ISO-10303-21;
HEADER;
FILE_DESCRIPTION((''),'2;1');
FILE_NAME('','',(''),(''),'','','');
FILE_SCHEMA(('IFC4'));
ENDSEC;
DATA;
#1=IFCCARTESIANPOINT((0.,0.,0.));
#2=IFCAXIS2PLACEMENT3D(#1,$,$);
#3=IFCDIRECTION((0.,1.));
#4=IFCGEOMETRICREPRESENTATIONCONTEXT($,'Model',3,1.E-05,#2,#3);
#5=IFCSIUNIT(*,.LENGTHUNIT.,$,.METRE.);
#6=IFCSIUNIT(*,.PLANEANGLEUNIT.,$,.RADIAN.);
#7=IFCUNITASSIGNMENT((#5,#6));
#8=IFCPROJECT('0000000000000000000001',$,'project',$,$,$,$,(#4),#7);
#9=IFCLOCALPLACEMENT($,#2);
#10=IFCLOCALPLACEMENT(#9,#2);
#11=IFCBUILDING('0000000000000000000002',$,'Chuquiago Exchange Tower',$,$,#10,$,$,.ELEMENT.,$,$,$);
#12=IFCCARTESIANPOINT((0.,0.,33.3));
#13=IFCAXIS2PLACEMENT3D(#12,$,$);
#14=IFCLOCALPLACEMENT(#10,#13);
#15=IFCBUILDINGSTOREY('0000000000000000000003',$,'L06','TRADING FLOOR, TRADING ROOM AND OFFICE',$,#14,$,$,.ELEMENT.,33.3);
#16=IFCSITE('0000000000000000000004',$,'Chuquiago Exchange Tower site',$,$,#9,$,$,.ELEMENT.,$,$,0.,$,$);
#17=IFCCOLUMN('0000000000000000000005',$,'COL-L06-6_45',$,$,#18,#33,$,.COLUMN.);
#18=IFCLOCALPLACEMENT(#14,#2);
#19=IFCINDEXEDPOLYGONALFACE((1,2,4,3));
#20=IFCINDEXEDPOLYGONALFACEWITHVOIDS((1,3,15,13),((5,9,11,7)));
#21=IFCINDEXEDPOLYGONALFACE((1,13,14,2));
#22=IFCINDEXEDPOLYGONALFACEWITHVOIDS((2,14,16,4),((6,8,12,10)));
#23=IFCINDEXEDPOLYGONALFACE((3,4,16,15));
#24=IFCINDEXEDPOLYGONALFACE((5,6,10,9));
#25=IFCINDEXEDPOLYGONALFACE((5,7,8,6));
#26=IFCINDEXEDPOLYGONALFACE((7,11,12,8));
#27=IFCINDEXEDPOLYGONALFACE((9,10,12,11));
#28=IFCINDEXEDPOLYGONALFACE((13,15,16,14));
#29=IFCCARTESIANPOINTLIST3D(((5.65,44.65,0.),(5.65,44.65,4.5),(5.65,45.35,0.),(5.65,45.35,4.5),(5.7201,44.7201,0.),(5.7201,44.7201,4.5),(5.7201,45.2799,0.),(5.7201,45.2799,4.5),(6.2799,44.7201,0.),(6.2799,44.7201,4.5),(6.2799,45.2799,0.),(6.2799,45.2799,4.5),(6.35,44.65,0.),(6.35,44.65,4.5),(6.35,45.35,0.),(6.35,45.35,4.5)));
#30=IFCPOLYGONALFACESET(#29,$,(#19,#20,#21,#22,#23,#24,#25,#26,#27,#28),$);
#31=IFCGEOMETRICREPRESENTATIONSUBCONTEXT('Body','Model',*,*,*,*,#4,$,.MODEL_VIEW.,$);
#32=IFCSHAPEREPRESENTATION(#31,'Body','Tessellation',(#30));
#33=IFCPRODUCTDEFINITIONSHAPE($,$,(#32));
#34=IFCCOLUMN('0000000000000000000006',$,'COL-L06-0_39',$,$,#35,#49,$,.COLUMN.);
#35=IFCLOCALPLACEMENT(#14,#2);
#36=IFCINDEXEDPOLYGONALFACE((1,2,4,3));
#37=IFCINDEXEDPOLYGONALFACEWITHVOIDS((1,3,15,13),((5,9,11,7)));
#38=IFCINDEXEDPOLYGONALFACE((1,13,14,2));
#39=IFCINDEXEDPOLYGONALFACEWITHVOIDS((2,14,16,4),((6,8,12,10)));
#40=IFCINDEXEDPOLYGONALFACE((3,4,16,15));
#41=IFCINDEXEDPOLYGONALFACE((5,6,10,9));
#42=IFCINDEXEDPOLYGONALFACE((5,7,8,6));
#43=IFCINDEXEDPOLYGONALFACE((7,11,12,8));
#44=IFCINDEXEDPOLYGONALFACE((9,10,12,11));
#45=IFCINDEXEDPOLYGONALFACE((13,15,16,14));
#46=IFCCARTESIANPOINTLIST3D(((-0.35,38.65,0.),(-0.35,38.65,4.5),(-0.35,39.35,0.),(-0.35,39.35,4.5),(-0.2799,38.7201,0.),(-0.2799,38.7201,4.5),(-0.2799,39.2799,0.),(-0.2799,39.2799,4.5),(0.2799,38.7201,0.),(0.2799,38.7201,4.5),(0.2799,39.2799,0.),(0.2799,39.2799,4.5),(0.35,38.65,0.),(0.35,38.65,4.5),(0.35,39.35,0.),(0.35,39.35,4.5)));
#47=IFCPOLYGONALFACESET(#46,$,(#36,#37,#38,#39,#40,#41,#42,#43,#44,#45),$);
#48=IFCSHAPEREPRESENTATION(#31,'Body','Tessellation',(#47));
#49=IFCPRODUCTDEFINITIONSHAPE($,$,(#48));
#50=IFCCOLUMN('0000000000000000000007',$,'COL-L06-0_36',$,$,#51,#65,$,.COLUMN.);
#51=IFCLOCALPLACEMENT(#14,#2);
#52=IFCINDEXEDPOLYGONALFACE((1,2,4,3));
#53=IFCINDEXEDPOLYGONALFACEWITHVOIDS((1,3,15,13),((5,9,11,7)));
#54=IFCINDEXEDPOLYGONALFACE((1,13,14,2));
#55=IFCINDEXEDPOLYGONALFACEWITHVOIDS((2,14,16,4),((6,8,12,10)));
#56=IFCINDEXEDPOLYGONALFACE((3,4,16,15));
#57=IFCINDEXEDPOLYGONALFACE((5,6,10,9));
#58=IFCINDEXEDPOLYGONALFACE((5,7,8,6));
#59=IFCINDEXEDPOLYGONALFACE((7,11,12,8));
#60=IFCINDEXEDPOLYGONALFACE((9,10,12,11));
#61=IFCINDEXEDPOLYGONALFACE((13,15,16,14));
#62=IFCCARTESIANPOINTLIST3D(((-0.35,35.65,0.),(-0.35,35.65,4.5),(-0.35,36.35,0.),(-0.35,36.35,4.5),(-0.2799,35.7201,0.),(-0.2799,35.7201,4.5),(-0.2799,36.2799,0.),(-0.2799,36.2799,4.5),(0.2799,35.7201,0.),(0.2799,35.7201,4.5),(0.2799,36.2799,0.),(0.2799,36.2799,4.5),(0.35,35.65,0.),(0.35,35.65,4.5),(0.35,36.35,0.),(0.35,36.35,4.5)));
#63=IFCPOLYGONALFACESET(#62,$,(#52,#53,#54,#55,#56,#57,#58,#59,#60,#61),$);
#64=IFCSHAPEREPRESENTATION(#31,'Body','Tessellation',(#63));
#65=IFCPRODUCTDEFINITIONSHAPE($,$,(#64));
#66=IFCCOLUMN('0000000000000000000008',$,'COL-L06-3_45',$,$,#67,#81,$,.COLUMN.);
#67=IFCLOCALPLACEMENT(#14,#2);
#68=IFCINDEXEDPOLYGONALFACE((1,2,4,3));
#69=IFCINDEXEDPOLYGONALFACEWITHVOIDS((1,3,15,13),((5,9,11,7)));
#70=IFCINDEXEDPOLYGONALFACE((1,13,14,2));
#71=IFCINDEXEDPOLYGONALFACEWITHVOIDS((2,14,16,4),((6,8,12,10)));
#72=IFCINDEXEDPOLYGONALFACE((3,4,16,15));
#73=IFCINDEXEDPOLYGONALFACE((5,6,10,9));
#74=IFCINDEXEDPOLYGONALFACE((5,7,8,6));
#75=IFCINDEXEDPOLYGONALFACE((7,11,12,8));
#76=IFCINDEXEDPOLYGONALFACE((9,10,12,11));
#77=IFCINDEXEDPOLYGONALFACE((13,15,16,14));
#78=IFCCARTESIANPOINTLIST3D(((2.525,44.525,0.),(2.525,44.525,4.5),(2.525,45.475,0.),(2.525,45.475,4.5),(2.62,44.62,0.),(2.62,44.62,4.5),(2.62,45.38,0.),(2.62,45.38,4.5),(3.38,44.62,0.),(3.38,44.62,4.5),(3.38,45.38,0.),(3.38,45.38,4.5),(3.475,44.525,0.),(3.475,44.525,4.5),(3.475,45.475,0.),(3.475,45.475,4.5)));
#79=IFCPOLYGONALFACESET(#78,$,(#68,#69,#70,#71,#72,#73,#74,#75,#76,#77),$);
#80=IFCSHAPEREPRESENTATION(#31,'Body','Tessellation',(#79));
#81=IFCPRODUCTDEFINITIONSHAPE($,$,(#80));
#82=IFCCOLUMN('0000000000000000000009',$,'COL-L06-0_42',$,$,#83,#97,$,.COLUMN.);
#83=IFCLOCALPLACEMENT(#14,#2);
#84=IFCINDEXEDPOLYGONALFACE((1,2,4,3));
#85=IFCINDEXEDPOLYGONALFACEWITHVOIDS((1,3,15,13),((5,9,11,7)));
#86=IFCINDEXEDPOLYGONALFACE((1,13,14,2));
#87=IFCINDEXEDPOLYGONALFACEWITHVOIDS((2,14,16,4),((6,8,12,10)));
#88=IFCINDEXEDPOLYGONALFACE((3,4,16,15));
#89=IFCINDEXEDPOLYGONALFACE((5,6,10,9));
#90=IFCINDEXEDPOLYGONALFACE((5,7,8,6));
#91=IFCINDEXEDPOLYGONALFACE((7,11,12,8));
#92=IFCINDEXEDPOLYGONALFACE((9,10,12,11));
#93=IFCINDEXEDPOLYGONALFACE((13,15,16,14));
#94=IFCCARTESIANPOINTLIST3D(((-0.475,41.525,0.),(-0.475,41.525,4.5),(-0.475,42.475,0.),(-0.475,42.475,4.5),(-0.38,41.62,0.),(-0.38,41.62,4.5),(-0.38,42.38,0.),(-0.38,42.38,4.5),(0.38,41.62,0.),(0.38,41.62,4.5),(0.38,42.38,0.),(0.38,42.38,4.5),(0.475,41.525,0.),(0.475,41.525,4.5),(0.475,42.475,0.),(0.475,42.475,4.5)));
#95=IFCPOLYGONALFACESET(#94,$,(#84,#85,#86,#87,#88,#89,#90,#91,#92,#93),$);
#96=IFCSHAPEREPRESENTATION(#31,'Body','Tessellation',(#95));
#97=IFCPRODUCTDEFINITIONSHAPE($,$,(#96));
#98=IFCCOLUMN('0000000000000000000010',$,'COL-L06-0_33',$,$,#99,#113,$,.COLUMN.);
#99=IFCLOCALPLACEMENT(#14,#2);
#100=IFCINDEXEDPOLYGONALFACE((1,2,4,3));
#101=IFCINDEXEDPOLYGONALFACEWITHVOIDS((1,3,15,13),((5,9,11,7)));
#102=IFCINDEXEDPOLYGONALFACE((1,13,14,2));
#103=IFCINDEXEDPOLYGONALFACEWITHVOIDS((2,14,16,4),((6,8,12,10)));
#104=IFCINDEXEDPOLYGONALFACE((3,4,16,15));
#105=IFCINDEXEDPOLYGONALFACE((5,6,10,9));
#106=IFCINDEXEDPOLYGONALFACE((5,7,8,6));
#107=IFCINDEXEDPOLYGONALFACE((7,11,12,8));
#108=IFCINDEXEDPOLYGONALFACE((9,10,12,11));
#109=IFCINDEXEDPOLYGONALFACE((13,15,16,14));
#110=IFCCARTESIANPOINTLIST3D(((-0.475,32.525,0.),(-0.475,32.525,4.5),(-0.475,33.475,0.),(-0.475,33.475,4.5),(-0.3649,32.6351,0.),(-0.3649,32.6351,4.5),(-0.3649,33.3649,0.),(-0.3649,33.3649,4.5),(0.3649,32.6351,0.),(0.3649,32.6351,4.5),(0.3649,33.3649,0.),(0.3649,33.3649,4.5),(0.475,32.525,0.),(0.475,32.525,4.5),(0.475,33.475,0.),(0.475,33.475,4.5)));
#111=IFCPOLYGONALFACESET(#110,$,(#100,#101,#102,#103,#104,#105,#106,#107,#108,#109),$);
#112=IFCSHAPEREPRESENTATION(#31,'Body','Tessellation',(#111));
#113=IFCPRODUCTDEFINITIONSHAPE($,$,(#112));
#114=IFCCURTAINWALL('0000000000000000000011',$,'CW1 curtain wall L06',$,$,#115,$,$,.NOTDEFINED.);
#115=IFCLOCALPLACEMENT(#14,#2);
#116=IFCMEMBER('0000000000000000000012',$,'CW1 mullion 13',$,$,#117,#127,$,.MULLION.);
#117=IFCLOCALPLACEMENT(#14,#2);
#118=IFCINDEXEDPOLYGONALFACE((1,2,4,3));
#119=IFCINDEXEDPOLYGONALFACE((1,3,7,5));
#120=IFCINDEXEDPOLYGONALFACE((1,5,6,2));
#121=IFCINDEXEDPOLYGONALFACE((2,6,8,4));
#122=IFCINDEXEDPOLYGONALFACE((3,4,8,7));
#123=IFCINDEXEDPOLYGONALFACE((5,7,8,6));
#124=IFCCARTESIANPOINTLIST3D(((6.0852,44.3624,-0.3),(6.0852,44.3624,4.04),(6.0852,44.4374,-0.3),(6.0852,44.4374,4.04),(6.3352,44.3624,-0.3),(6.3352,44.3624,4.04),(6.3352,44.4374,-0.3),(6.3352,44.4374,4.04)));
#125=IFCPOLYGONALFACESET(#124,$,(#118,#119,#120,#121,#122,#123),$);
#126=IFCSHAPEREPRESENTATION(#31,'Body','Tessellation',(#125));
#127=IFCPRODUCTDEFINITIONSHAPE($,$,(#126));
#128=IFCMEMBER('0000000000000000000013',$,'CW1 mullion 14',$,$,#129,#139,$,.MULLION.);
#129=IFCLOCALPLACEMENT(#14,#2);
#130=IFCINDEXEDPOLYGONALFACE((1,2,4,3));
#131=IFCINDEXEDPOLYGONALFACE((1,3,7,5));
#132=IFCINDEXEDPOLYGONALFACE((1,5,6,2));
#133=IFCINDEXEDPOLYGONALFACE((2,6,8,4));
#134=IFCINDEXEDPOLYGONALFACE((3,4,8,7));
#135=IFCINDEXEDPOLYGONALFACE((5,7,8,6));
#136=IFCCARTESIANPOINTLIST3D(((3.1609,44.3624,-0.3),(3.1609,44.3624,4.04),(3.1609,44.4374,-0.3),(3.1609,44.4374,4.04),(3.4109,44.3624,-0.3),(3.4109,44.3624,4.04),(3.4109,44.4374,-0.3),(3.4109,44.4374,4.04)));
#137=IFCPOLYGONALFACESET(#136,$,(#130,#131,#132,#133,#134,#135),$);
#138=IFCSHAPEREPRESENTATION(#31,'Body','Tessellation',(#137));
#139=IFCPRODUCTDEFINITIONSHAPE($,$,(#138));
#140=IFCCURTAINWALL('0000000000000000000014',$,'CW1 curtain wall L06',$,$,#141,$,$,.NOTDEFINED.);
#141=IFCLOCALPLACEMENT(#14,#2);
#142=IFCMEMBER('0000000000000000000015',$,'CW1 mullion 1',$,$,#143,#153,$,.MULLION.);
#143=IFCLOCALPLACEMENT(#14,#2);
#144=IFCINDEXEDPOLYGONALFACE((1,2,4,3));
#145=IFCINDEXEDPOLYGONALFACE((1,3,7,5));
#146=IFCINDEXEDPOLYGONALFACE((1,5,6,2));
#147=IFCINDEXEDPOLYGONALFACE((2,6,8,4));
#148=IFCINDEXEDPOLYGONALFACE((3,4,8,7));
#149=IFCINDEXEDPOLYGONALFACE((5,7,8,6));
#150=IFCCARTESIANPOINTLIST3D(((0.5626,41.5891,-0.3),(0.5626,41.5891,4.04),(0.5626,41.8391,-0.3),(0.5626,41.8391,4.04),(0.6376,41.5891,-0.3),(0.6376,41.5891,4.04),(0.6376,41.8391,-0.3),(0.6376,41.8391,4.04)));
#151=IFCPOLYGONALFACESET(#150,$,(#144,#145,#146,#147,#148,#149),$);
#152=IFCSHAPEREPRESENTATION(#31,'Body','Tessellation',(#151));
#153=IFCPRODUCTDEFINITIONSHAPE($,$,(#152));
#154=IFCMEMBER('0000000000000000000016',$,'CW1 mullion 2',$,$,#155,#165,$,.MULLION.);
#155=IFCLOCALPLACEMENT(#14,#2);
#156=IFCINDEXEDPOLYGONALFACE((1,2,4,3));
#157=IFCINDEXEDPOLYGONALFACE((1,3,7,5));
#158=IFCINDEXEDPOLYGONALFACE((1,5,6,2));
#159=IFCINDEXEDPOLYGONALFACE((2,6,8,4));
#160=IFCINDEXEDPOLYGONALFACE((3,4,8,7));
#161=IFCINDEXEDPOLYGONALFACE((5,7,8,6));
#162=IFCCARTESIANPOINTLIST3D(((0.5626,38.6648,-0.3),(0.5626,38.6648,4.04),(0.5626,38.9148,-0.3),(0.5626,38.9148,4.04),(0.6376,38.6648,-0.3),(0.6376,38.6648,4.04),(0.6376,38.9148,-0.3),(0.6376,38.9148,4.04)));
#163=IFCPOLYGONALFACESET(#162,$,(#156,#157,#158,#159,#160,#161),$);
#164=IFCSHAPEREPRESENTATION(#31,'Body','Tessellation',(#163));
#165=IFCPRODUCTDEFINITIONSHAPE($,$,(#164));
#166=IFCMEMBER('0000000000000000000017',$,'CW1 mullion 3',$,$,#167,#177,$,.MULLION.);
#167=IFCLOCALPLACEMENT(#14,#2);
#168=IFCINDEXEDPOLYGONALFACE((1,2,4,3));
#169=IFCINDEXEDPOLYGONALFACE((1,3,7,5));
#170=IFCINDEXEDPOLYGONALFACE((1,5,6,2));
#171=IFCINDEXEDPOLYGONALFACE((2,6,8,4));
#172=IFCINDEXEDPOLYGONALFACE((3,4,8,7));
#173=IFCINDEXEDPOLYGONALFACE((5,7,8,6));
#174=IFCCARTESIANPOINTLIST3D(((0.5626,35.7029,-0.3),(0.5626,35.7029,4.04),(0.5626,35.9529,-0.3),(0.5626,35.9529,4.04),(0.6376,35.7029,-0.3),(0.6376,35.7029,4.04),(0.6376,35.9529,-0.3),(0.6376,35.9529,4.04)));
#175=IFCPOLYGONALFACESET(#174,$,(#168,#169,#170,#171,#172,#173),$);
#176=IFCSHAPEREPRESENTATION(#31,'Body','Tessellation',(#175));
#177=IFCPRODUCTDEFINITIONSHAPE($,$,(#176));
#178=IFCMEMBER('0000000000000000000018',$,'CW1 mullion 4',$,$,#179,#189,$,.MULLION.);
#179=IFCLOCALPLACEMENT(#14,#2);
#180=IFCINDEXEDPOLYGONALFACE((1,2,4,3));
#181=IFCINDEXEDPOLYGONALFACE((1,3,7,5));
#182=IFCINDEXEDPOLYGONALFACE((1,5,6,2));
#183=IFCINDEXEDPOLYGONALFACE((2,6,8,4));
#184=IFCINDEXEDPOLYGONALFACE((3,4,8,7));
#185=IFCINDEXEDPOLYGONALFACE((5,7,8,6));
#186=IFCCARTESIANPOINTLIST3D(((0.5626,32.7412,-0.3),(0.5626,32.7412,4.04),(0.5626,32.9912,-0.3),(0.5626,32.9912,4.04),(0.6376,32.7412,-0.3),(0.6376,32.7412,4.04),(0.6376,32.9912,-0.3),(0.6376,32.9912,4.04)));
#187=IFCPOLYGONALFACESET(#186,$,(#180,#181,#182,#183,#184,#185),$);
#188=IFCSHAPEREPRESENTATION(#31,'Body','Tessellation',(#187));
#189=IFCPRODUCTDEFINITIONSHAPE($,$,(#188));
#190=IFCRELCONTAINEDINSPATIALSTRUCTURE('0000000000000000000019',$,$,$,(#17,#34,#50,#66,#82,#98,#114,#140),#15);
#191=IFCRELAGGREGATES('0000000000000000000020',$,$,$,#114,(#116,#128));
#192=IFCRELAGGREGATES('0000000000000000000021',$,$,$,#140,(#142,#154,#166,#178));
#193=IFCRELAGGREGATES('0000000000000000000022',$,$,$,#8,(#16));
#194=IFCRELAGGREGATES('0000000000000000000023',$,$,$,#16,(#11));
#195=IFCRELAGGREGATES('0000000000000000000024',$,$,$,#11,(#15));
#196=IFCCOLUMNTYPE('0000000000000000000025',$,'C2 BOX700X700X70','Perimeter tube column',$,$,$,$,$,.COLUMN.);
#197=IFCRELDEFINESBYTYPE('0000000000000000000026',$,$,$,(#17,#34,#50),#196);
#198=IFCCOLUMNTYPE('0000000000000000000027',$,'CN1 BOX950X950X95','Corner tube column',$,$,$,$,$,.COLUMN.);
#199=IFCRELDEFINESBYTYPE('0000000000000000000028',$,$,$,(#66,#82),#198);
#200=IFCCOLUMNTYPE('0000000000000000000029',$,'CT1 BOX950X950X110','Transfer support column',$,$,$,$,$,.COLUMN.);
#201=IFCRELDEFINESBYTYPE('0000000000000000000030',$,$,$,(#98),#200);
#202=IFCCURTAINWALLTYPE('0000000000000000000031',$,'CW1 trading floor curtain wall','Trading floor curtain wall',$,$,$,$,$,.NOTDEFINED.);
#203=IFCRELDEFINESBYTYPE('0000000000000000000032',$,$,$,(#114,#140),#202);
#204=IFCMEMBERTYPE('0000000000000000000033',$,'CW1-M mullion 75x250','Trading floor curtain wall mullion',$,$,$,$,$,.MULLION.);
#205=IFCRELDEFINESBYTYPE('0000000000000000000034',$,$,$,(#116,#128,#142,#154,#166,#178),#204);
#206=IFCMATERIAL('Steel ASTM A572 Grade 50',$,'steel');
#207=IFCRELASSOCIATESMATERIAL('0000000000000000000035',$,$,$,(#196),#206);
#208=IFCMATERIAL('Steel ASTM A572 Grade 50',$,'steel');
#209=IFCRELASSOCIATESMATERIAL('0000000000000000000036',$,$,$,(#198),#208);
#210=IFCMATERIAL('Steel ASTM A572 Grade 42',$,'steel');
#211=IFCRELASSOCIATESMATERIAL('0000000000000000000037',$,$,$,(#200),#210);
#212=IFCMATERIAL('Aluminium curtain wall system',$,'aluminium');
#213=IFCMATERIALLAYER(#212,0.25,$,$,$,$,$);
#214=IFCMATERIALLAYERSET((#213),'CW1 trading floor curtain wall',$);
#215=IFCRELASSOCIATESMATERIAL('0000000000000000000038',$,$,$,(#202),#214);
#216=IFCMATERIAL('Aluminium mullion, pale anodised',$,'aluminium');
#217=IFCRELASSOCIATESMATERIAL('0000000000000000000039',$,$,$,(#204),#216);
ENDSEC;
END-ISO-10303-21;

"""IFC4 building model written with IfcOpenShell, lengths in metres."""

from ifc_helpers import new_model, si_unit, direction, frame, origin, origin_2d, place, context, subcontext, project, spatial, rectangle, hollow_rectangle, extrude, material, layer, layer_set, material_profile, profile_set, type_object, element, aggregate, save


model = new_model("IFC4")

# Units and contexts
model_context = context("Model", 3, precision=1e-05, world=origin(), true_north=direction((0.0, 1.0)))
body_context = subcontext(model_context, "Body", "Model", "MODEL_VIEW")
ifc_project = project(units=[si_unit("LENGTHUNIT", "METRE"), si_unit("PLANEANGLEUNIT", "RADIAN")], contexts=[model_context])

# Site, building, storey
site_placement = place(None, origin())
site = spatial("IfcSite", under=ifc_project, at=site_placement, Name="Chuquiago Exchange Tower site", CompositionType="ELEMENT", RefElevation=0.0)
building_placement = place(site_placement, origin())
building = spatial("IfcBuilding", under=site, at=building_placement, Name="Chuquiago Exchange Tower", CompositionType="ELEMENT")
storey_placement = place(building_placement, frame((0.0, 0.0, 33.3)))
storey = spatial("IfcBuildingStorey", under=building, at=storey_placement, Name="L06", Description="TRADING FLOOR, TRADING ROOM AND OFFICE", CompositionType="ELEMENT", Elevation=33.3)

# Columns
ifc_material_1 = material(Name="Steel ASTM A572 Grade 50", Category="steel")
ifc_material_profile_1 = material_profile(ifc_material_1, hollow_rectangle(XDim=0.7, YDim=0.7, WallThickness=0.0701, at=origin_2d()), Name="BOX700X700X70")
ifc_profile_set_1 = profile_set([ifc_material_profile_1], Name="Steel ASTM A572 Grade 50")
column_type_1 = type_object("IfcColumnType", Name="C2 BOX700X700X70", Description="Perimeter tube column", PredefinedType="COLUMN", material=ifc_profile_set_1)
for number, where, z_axis, x_axis, name in (
    (1, (6.0, 45.0, 0.0), (0.0, 0.0, 1.0), (0.0, 1.0, 0.0), "COL-L06-6_45"),
    (2, (0.0, 39.0, 0.0), (0.0, 0.0, 1.0), (-1.0, 0.0, 0.0), "COL-L06-0_39"),
    (3, (0.0, 36.0, 0.0), (0.0, 0.0, 1.0), (-1.0, 0.0, 0.0), "COL-L06-0_36"),
):
    element("IfcColumn", number, at=place(storey_placement, frame(where, z_axis=z_axis, x_axis=x_axis)), inside=storey, type_object=column_type_1, Name=name, PredefinedType="COLUMN", context=body_context, shape_type="SweptSolid", body=[
        extrude(hollow_rectangle(XDim=0.7, YDim=0.7, WallThickness=0.0701, at=origin_2d()), origin(), (0.0, 0.0, 1.0), 4.5),
    ])
ifc_material_2 = material(Name="Steel ASTM A572 Grade 50", Category="steel")
ifc_material_profile_2 = material_profile(ifc_material_2, hollow_rectangle(XDim=0.95, YDim=0.95, WallThickness=0.095, at=origin_2d()), Name="BOX950X950X95")
ifc_profile_set_2 = profile_set([ifc_material_profile_2], Name="Steel ASTM A572 Grade 50")
column_type_2 = type_object("IfcColumnType", Name="CN1 BOX950X950X95", Description="Corner tube column", PredefinedType="COLUMN", material=ifc_profile_set_2)
for number, where, z_axis, x_axis, name in (
    (4, (3.0, 45.0, 0.0), (0.0, 0.0, 1.0), (0.0, 1.0, 0.0), "COL-L06-3_45"),
    (5, (0.0, 42.0, 0.0), (0.0, 0.0, 1.0), (-1.0, 0.0, 0.0), "COL-L06-0_42"),
):
    element("IfcColumn", number, at=place(storey_placement, frame(where, z_axis=z_axis, x_axis=x_axis)), inside=storey, type_object=column_type_2, Name=name, PredefinedType="COLUMN", context=body_context, shape_type="SweptSolid", body=[
        extrude(hollow_rectangle(XDim=0.95, YDim=0.95, WallThickness=0.095, at=origin_2d()), origin(), (0.0, 0.0, 1.0), 4.5),
    ])
ifc_material_3 = material(Name="Steel ASTM A572 Grade 42", Category="steel")
ifc_material_profile_3 = material_profile(ifc_material_3, hollow_rectangle(XDim=0.95, YDim=0.95, WallThickness=0.1101, at=origin_2d()), Name="BOX950X950X110")
ifc_profile_set_3 = profile_set([ifc_material_profile_3], Name="Steel ASTM A572 Grade 42")
column_type_3 = type_object("IfcColumnType", Name="CT1 BOX950X950X110", Description="Transfer support column", PredefinedType="COLUMN", material=ifc_profile_set_3)
column_placement = place(storey_placement, frame((0.0, 33.0, 0.0), z_axis=(0.0, 0.0, 1.0), x_axis=(-1.0, 0.0, 0.0)))
element("IfcColumn", 6, at=column_placement, inside=storey, type_object=column_type_3, Name="COL-L06-0_33", PredefinedType="COLUMN", context=body_context, shape_type="SweptSolid", body=[
    extrude(hollow_rectangle(XDim=0.95, YDim=0.95, WallThickness=0.1101, at=origin_2d()), origin(), (0.0, 0.0, 1.0), 4.5),
])

# Curtain walls, members
ifc_material_4 = material(Name="Aluminium curtain wall system", Category="aluminium")
ifc_layer_1 = layer(ifc_material_4, 0.25)
ifc_layer_set_1 = layer_set([ifc_layer_1], Name="CW1 trading floor curtain wall")
curtain_wall_type_1 = type_object("IfcCurtainWallType", Name="CW1 trading floor curtain wall", Description="Trading floor curtain wall", PredefinedType="NOTDEFINED", material=ifc_layer_set_1)
curtain_wall_1_placement = place(storey_placement, origin())
curtain_wall_1 = element("IfcCurtainWall", 7, at=curtain_wall_1_placement, inside=storey, type_object=curtain_wall_type_1, Name="CW1 curtain wall L06", PredefinedType="NOTDEFINED")
ifc_material_5 = material(Name="Aluminium mullion, pale anodised", Category="aluminium")
ifc_material_profile_4 = material_profile(ifc_material_5, rectangle(XDim=0.075, YDim=0.25, at=origin_2d()), Name="AL 75x250")
ifc_profile_set_4 = profile_set([ifc_material_profile_4], Name="Aluminium mullion, pale anodised")
member_type_1 = type_object("IfcMemberType", Name="CW1-M mullion 75x250", Description="Trading floor curtain wall mullion", PredefinedType="MULLION", material=ifc_profile_set_4)
member_1_placement = place(storey_placement, frame((6.2102, 44.3999, -0.3), z_axis=(0.0, 0.0, 1.0), x_axis=(0.0, -1.0, 0.0)))
member_1 = element("IfcMember", 8, at=member_1_placement, type_object=member_type_1, Name="CW1 mullion 13", PredefinedType="MULLION", context=body_context, shape_type="SweptSolid", body=[
    extrude(rectangle(XDim=0.075, YDim=0.25, at=origin_2d()), origin(), (0.0, 0.0, 1.0), 4.3401),
])
member_2_placement = place(storey_placement, frame((3.2859, 44.3999, -0.3), z_axis=(0.0, 0.0, 1.0), x_axis=(0.0, -1.0, 0.0)))
member_2 = element("IfcMember", 9, at=member_2_placement, type_object=member_type_1, Name="CW1 mullion 14", PredefinedType="MULLION", context=body_context, shape_type="SweptSolid", body=[
    extrude(rectangle(XDim=0.075, YDim=0.25, at=origin_2d()), origin(), (0.0, 0.0, 1.0), 4.3401),
])
curtain_wall_2_placement = place(storey_placement, origin())
curtain_wall_2 = element("IfcCurtainWall", 10, at=curtain_wall_2_placement, inside=storey, type_object=curtain_wall_type_1, Name="CW1 curtain wall L06", PredefinedType="NOTDEFINED")
member_3_placement = place(storey_placement, frame((0.6001, 41.7141, -0.3), z_axis=(0.0, 0.0, 1.0), x_axis=(1.0, 0.0, 0.0)))
member_3 = element("IfcMember", 11, at=member_3_placement, type_object=member_type_1, Name="CW1 mullion 1", PredefinedType="MULLION", context=body_context, shape_type="SweptSolid", body=[
    extrude(rectangle(XDim=0.075, YDim=0.25, at=origin_2d()), origin(), (0.0, 0.0, 1.0), 4.3401),
])
member_4_placement = place(storey_placement, frame((0.6001, 38.7898, -0.3), z_axis=(0.0, 0.0, 1.0), x_axis=(1.0, 0.0, 0.0)))
member_4 = element("IfcMember", 12, at=member_4_placement, type_object=member_type_1, Name="CW1 mullion 2", PredefinedType="MULLION", context=body_context, shape_type="SweptSolid", body=[
    extrude(rectangle(XDim=0.075, YDim=0.25, at=origin_2d()), origin(), (0.0, 0.0, 1.0), 4.3401),
])
member_5_placement = place(storey_placement, frame((0.6001, 35.8279, -0.3), z_axis=(0.0, 0.0, 1.0), x_axis=(1.0, 0.0, 0.0)))
member_5 = element("IfcMember", 13, at=member_5_placement, type_object=member_type_1, Name="CW1 mullion 3", PredefinedType="MULLION", context=body_context, shape_type="SweptSolid", body=[
    extrude(rectangle(XDim=0.075, YDim=0.25, at=origin_2d()), origin(), (0.0, 0.0, 1.0), 4.3401),
])
member_6_placement = place(storey_placement, frame((0.6001, 32.8662, -0.3), z_axis=(0.0, 0.0, 1.0), x_axis=(1.0, 0.0, 0.0)))
member_6 = element("IfcMember", 14, at=member_6_placement, type_object=member_type_1, Name="CW1 mullion 4", PredefinedType="MULLION", context=body_context, shape_type="SweptSolid", body=[
    extrude(rectangle(XDim=0.075, YDim=0.25, at=origin_2d()), origin(), (0.0, 0.0, 1.0), 4.3401),
])

aggregate(curtain_wall_1, [member_1, member_2])
aggregate(curtain_wall_2, [member_3, member_4, member_5, member_6])

save(model, "model.ifc")
